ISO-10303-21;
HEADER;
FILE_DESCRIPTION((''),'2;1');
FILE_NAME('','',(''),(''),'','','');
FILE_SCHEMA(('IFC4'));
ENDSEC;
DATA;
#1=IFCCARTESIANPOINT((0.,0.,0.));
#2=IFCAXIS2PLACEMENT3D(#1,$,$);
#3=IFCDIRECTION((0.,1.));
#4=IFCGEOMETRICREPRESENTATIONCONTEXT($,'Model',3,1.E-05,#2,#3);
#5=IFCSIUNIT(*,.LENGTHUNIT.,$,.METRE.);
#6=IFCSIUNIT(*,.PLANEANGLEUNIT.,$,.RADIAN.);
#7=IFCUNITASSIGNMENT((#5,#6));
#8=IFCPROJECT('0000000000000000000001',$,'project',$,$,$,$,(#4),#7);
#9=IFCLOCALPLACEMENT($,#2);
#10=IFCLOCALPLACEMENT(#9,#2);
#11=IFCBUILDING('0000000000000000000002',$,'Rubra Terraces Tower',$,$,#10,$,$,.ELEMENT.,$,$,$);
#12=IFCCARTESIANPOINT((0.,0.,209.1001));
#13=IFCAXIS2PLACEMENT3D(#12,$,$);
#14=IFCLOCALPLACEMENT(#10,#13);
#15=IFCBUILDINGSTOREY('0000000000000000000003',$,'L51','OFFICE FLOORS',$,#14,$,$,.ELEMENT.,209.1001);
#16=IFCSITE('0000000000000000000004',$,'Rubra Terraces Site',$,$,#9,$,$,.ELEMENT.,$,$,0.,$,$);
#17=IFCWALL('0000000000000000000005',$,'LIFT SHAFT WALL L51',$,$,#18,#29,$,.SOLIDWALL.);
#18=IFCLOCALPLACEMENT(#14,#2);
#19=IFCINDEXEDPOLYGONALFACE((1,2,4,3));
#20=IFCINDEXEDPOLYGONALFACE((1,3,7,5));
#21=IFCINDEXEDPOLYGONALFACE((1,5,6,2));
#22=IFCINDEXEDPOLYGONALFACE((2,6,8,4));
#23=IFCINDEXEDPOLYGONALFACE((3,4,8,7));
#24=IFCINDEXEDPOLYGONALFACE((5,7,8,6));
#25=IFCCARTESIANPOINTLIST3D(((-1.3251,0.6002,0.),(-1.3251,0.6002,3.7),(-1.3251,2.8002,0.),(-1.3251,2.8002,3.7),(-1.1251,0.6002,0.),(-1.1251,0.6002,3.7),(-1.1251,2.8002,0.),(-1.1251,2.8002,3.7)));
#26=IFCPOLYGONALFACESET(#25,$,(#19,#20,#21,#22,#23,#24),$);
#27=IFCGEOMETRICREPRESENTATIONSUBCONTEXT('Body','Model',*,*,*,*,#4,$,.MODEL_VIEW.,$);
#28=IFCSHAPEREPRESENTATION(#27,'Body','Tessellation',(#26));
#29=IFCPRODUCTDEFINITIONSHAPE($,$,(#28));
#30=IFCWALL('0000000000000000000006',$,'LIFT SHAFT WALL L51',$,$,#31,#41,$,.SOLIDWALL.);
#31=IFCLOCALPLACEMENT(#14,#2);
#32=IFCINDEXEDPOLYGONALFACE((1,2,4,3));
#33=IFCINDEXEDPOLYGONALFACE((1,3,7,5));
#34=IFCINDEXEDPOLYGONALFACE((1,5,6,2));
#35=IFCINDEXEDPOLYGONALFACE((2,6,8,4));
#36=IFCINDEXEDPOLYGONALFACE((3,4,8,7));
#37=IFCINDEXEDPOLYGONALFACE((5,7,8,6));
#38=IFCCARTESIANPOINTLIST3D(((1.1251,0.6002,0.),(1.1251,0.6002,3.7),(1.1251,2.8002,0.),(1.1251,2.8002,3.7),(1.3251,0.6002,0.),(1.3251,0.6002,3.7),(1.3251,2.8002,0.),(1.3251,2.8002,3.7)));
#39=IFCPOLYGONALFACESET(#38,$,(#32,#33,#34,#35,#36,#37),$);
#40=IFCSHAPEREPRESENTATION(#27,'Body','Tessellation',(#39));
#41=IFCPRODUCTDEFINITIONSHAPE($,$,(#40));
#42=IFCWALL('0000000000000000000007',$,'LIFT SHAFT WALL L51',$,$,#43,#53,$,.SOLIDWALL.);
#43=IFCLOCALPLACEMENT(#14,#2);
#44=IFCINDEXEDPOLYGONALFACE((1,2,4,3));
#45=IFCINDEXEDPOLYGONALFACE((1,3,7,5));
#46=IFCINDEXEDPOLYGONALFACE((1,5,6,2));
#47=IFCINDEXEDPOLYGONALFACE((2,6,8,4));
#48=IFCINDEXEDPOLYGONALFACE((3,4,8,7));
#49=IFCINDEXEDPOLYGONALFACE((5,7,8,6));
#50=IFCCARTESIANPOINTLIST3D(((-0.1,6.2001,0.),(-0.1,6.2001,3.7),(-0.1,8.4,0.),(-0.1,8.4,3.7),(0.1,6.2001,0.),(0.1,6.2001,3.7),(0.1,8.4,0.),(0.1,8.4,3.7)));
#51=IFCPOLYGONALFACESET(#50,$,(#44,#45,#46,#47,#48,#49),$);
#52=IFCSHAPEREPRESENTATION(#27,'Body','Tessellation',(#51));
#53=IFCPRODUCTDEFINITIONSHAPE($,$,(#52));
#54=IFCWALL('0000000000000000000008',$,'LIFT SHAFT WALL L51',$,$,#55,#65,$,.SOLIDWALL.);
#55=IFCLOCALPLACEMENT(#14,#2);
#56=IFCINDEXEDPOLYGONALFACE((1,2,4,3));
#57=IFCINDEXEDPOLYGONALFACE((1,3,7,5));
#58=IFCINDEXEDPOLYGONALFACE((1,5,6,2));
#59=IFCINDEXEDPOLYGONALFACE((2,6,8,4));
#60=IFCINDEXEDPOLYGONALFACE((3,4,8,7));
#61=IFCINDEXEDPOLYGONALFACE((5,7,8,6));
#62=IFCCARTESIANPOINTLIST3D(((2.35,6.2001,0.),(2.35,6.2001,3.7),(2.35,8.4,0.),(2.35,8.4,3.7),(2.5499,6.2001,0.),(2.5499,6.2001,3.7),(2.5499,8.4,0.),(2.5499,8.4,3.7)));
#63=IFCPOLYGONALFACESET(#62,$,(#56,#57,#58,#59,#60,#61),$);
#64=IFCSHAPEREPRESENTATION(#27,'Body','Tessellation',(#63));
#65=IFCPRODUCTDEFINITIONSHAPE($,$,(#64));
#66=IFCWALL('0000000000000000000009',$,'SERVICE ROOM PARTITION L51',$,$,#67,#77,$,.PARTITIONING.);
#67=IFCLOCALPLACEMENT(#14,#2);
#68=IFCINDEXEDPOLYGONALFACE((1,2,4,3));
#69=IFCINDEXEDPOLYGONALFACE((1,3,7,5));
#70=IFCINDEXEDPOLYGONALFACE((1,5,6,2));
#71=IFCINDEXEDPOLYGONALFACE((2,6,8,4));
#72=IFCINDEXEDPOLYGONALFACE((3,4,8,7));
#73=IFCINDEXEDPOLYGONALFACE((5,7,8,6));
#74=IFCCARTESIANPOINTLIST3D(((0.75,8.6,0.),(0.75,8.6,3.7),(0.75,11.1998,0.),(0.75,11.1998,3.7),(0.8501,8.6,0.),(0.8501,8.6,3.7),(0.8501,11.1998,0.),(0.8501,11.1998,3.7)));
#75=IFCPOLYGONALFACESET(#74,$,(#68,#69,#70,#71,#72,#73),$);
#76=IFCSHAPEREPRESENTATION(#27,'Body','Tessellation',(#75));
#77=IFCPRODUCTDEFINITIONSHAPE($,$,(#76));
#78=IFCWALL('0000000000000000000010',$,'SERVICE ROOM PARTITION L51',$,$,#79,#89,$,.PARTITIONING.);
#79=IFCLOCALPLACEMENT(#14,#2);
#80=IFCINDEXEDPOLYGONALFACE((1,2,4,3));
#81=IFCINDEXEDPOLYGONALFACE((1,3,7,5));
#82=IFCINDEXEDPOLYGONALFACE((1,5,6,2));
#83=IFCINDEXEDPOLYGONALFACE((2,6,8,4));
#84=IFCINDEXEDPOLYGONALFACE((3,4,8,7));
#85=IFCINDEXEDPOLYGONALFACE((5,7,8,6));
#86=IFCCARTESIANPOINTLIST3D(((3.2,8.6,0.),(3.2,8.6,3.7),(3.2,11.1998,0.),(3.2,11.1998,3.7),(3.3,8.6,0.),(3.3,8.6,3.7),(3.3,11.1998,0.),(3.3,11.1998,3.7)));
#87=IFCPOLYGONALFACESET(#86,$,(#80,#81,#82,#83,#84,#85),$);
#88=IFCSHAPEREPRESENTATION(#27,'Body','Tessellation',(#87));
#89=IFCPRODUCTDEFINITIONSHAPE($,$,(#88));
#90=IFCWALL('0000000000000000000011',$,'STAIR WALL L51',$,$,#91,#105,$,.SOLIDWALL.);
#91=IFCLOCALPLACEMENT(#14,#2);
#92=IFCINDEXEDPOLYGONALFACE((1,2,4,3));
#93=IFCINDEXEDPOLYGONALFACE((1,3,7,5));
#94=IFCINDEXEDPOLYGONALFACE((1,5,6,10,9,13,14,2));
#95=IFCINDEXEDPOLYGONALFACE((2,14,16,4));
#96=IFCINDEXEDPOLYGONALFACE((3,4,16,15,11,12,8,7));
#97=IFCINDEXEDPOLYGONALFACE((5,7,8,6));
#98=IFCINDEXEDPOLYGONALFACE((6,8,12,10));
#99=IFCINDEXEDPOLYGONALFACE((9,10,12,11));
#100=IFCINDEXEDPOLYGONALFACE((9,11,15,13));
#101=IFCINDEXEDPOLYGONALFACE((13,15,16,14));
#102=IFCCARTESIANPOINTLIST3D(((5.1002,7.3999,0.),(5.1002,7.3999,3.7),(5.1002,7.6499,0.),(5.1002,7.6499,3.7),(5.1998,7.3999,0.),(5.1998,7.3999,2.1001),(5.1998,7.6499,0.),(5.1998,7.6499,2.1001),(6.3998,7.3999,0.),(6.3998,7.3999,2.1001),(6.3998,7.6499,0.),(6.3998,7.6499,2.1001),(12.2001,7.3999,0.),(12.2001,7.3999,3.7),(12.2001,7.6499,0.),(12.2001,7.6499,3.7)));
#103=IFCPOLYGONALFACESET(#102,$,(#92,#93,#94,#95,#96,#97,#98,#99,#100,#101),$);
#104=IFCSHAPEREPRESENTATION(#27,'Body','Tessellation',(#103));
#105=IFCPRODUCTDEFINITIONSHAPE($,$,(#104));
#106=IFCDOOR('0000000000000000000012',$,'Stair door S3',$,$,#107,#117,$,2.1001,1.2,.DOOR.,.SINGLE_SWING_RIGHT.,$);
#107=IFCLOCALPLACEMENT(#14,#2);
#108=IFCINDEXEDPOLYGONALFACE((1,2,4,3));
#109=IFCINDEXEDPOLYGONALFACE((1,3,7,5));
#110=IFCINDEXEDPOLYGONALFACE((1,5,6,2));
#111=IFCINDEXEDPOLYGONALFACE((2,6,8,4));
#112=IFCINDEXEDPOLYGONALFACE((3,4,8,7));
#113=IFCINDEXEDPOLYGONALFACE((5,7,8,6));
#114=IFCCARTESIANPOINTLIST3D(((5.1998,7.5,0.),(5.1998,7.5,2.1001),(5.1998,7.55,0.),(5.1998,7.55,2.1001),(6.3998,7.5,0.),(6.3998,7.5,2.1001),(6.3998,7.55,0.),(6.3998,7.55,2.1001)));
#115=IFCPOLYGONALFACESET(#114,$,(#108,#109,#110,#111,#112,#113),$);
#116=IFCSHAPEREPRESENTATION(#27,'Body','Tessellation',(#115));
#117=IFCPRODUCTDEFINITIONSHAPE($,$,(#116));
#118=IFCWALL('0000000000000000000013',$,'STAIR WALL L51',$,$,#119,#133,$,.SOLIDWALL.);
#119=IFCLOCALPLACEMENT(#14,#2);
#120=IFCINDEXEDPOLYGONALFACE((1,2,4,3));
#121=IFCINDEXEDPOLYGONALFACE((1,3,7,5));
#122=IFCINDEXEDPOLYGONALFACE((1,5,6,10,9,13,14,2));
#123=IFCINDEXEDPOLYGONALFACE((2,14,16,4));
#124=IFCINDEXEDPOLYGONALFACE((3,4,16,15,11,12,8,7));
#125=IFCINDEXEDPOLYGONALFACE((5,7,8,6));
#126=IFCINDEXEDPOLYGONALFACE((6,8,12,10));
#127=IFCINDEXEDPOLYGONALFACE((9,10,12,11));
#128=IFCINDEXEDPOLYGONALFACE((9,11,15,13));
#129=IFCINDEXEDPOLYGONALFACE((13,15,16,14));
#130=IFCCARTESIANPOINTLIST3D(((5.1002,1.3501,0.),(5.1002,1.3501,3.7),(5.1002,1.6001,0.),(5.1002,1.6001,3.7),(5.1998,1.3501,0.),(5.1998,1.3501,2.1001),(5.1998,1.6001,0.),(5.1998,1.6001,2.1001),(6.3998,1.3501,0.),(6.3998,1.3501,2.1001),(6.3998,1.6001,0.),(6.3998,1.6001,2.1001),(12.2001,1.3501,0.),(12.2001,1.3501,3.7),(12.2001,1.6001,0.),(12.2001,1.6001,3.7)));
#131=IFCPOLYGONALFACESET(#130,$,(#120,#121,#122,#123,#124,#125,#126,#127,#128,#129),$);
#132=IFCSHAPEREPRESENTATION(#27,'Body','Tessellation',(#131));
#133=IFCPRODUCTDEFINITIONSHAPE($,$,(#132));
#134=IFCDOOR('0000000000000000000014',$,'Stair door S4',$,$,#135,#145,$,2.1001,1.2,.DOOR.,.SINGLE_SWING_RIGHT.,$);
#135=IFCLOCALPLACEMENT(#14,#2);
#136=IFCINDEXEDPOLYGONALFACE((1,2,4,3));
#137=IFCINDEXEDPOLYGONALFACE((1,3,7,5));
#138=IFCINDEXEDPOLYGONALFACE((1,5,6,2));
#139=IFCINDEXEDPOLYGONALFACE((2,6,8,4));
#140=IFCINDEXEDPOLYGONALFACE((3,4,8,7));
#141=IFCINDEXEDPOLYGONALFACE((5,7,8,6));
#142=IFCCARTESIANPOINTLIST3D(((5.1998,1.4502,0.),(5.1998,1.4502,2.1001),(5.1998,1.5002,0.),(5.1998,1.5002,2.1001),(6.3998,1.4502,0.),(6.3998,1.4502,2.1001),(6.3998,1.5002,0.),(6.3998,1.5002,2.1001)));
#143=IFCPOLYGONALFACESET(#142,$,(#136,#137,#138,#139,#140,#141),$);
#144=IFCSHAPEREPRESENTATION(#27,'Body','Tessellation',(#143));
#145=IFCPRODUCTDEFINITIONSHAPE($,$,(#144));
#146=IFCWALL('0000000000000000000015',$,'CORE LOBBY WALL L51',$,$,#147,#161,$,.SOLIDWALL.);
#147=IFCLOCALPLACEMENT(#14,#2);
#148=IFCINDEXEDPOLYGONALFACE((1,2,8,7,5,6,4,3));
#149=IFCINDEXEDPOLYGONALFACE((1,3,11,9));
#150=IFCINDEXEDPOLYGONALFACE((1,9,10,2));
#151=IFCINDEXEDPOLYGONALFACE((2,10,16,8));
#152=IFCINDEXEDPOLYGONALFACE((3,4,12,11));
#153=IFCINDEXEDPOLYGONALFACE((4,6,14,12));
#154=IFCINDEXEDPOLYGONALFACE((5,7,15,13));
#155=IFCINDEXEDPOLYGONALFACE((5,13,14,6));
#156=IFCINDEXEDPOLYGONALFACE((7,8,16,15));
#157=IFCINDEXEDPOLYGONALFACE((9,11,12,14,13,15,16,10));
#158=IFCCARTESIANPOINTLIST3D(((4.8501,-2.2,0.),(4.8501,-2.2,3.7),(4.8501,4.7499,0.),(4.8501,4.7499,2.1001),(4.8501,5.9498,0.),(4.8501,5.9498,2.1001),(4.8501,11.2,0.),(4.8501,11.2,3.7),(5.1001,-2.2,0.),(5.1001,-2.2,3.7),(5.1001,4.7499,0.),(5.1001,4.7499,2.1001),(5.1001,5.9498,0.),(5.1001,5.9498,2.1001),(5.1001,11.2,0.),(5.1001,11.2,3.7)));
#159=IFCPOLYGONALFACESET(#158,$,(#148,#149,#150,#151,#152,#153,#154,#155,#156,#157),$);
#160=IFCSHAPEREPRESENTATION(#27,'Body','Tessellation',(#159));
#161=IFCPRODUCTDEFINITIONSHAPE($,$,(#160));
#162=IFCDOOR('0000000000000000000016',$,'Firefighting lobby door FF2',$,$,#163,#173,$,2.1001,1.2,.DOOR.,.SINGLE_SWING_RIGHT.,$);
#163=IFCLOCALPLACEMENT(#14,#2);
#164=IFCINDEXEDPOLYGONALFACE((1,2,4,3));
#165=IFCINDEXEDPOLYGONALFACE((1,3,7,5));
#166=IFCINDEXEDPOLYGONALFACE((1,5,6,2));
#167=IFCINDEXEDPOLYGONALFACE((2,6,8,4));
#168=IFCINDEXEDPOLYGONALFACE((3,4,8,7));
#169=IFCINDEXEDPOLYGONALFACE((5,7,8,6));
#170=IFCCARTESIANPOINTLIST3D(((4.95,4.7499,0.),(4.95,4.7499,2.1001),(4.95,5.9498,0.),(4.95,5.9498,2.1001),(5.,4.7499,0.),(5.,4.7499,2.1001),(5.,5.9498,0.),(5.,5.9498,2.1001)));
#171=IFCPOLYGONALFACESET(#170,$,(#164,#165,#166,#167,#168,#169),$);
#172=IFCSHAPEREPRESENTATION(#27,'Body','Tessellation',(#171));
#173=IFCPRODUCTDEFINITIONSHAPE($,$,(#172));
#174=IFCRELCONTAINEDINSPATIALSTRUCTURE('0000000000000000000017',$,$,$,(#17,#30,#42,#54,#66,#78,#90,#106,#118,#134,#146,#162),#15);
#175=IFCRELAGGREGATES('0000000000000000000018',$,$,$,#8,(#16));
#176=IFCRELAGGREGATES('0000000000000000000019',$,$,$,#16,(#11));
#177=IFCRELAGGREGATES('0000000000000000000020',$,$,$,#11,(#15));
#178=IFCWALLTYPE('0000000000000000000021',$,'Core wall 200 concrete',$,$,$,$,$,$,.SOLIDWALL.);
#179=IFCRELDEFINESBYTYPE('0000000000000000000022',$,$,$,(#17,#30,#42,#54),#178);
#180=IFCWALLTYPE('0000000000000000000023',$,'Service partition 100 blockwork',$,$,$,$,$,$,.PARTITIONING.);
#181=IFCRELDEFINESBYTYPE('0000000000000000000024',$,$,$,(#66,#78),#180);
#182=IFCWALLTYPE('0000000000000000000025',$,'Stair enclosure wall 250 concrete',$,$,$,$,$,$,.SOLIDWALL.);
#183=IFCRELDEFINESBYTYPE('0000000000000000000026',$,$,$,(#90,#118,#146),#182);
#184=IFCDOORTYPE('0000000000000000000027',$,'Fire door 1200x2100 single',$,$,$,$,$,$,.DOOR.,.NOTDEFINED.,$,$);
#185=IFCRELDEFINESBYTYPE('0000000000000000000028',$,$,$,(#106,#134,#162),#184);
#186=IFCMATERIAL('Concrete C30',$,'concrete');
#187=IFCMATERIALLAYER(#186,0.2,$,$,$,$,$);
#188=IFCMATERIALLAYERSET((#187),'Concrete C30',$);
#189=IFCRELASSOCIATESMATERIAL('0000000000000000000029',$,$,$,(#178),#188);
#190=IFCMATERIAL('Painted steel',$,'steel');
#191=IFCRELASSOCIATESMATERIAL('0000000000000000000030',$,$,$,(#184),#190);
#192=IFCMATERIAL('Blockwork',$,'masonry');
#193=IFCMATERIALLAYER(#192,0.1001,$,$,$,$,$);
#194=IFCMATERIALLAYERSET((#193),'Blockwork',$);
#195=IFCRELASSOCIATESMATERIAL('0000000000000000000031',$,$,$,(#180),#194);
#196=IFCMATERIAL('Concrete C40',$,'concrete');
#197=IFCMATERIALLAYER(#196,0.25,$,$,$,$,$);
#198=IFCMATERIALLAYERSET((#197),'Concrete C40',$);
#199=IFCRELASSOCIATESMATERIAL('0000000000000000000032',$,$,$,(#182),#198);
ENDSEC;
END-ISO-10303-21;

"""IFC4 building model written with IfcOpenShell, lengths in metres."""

from ifc_helpers import new_model, si_unit, direction, frame, frame_2d, origin, place, context, subcontext, project, spatial, rectangle, extrude, material, layer, layer_set, type_object, element, fill, save


model = new_model("IFC4")

# Units and contexts
model_context = context("Model", 3, precision=1e-05, world=origin(), true_north=direction((0.0, 1.0)))
body_context = subcontext(model_context, "Body", "Model", "MODEL_VIEW")
ifc_project = project(units=[si_unit("LENGTHUNIT", "METRE"), si_unit("PLANEANGLEUNIT", "RADIAN")], contexts=[model_context])

# Site, building, storey
site_placement = place(None, origin())
site = spatial("IfcSite", under=ifc_project, at=site_placement, Name="Rubra Terraces Site", CompositionType="ELEMENT", RefElevation=0.0)
building_placement = place(site_placement, origin())
building = spatial("IfcBuilding", under=site, at=building_placement, Name="Rubra Terraces Tower", CompositionType="ELEMENT")
storey_placement = place(building_placement, frame((0.0, 0.0, 209.1001)))
storey = spatial("IfcBuildingStorey", under=building, at=storey_placement, Name="L51", Description="OFFICE FLOORS", CompositionType="ELEMENT", Elevation=209.1001)

# Shared definitions
ifc_material_1 = material(Name="Concrete C40", Category="concrete")

# Shared definitions
ifc_material_2 = material(Name="Concrete C30", Category="concrete")
ifc_layer_1 = layer(ifc_material_2, 0.2)
ifc_layer_set_1 = layer_set([ifc_layer_1], Name="Concrete C30")
wall_type_1 = type_object("IfcWallType", Name="Core wall 200 concrete", PredefinedType="SOLIDWALL", material=ifc_layer_set_1)
ifc_material_3 = material(Name="Painted steel", Category="steel")
door_type_1 = type_object("IfcDoorType", Name="Fire door 1200x2100 single", OperationType="NOTDEFINED", PredefinedType="DOOR", material=ifc_material_3)

# Walls
for number, where, z_axis, x_axis, name in (
    (1, (-1.2251, 0.6001, 0.0), (0.0, 0.0, 1.0), (0.0, 1.0, 0.0), "LIFT SHAFT WALL L51"),
    (2, (1.2251, 0.6001, 0.0), (0.0, 0.0, 1.0), (0.0, 1.0, 0.0), "LIFT SHAFT WALL L51"),
    (3, (0.0, 6.2, 0.0), (0.0, 0.0, 1.0), (0.0, 1.0, 0.0), "LIFT SHAFT WALL L51"),
    (4, (2.45, 6.2, 0.0), (0.0, 0.0, 1.0), (0.0, 1.0, 0.0), "LIFT SHAFT WALL L51"),
):
    element("IfcWall", number, at=place(storey_placement, frame(where, z_axis=z_axis, x_axis=x_axis)), inside=storey, type_object=wall_type_1, Name=name, PredefinedType="SOLIDWALL", context=body_context, shape_type="SweptSolid", body=[
        extrude(rectangle(XDim=2.2, YDim=0.2, at=frame_2d((1.1001, 0.0))), origin(), (0.0, 0.0, 1.0), 3.7),
    ])
ifc_material_4 = material(Name="Blockwork", Category="masonry")
ifc_layer_2 = layer(ifc_material_4, 0.1001)
ifc_layer_set_2 = layer_set([ifc_layer_2], Name="Blockwork")
wall_type_2 = type_object("IfcWallType", Name="Service partition 100 blockwork", PredefinedType="PARTITIONING", material=ifc_layer_set_2)
for number, where, z_axis, x_axis, name in (
    (5, (0.8, 8.6001, 0.0), (0.0, 0.0, 1.0), (0.0, 1.0, 0.0), "SERVICE ROOM PARTITION L51"),
    (6, (3.25, 8.6001, 0.0), (0.0, 0.0, 1.0), (0.0, 1.0, 0.0), "SERVICE ROOM PARTITION L51"),
):
    element("IfcWall", number, at=place(storey_placement, frame(where, z_axis=z_axis, x_axis=x_axis)), inside=storey, type_object=wall_type_2, Name=name, PredefinedType="PARTITIONING", context=body_context, shape_type="SweptSolid", body=[
        extrude(rectangle(XDim=2.5999, YDim=0.1001, at=frame_2d((1.2998, 0.0))), origin(), (0.0, 0.0, 1.0), 3.7),
    ])

# Walls, openings, doors
ifc_layer_3 = layer(ifc_material_1, 0.25)
ifc_layer_set_3 = layer_set([ifc_layer_3], Name="Concrete C40")
wall_type_3 = type_object("IfcWallType", Name="Stair enclosure wall 250 concrete", PredefinedType="SOLIDWALL", material=ifc_layer_set_3)
wall_1_placement = place(storey_placement, frame((12.2, 7.5249, 0.0), z_axis=(0.0, 0.0, 1.0), x_axis=(-1.0, 0.0, 0.0)))
wall_1 = element("IfcWall", 7, at=wall_1_placement, inside=storey, type_object=wall_type_3, Name="STAIR WALL L51", PredefinedType="SOLIDWALL", context=body_context, shape_type="SweptSolid", body=[
    extrude(rectangle(XDim=7.0999, YDim=0.25, at=frame_2d((3.5498, 0.0))), origin(), (0.0, 0.0, 1.0), 3.7),
])
opening_1_placement = place(wall_1_placement, frame((5.8, 0.0, 0.0)))
opening_1 = element("IfcOpeningElement", 8, at=opening_1_placement, cuts=wall_1, PredefinedType="OPENING", context=body_context, shape_type="SweptSolid", body=[
    extrude(rectangle(XDim=1.2, YDim=2.1001, at=frame_2d((0.6001, 1.05))), frame((0.0, 0.135, 0.0), z_axis=(0.0, -1.0, 0.0), x_axis=(1.0, 0.0, 0.0)), (0.0, 0.0, 1.0), 0.27),
])
door_1_placement = place(opening_1_placement, origin())
door_1 = element("IfcDoor", 9, at=door_1_placement, inside=storey, type_object=door_type_1, Name="Stair door S3", OperationType="SINGLE_SWING_RIGHT", OverallHeight=2.1001, OverallWidth=1.2, PredefinedType="DOOR", context=body_context, shape_type="SweptSolid", body=[
    extrude(rectangle(XDim=1.2, YDim=2.1001, at=frame_2d((0.6001, 1.05))), frame((0.0, 0.0249, 0.0), z_axis=(0.0, -1.0, 0.0), x_axis=(1.0, 0.0, 0.0)), (0.0, 0.0, 1.0), 0.05),
])
fill(opening_1, door_1)
wall_2_placement = place(storey_placement, frame((12.2, 1.4751, 0.0), z_axis=(0.0, 0.0, 1.0), x_axis=(-1.0, 0.0, 0.0)))
wall_2 = element("IfcWall", 10, at=wall_2_placement, inside=storey, type_object=wall_type_3, Name="STAIR WALL L51", PredefinedType="SOLIDWALL", context=body_context, shape_type="SweptSolid", body=[
    extrude(rectangle(XDim=7.0999, YDim=0.25, at=frame_2d((3.5498, 0.0))), origin(), (0.0, 0.0, 1.0), 3.7),
])
opening_2_placement = place(wall_2_placement, frame((5.8, 0.0, 0.0)))
opening_2 = element("IfcOpeningElement", 11, at=opening_2_placement, cuts=wall_2, PredefinedType="OPENING", context=body_context, shape_type="SweptSolid", body=[
    extrude(rectangle(XDim=1.2, YDim=2.1001, at=frame_2d((0.6001, 1.05))), frame((0.0, 0.135, 0.0), z_axis=(0.0, -1.0, 0.0), x_axis=(1.0, 0.0, 0.0)), (0.0, 0.0, 1.0), 0.27),
])
door_2_placement = place(opening_2_placement, origin())
door_2 = element("IfcDoor", 12, at=door_2_placement, inside=storey, type_object=door_type_1, Name="Stair door S4", OperationType="SINGLE_SWING_RIGHT", OverallHeight=2.1001, OverallWidth=1.2, PredefinedType="DOOR", context=body_context, shape_type="SweptSolid", body=[
    extrude(rectangle(XDim=1.2, YDim=2.1001, at=frame_2d((0.6001, 1.05))), frame((0.0, 0.0249, 0.0), z_axis=(0.0, -1.0, 0.0), x_axis=(1.0, 0.0, 0.0)), (0.0, 0.0, 1.0), 0.05),
])
fill(opening_2, door_2)
wall_3_placement = place(storey_placement, frame((4.9751, 11.2, 0.0), z_axis=(0.0, 0.0, 1.0), x_axis=(0.0, -1.0, 0.0)))
wall_3 = element("IfcWall", 13, at=wall_3_placement, inside=storey, type_object=wall_type_3, Name="CORE LOBBY WALL L51", PredefinedType="SOLIDWALL", context=body_context, shape_type="SweptSolid", body=[
    extrude(rectangle(XDim=13.3999, YDim=0.25, at=frame_2d((6.7, 0.0))), origin(), (0.0, 0.0, 1.0), 3.7),
])
opening_3_placement = place(wall_3_placement, frame((5.25, 0.0, 0.0)))
opening_3 = element("IfcOpeningElement", 14, at=opening_3_placement, cuts=wall_3, PredefinedType="OPENING", context=body_context, shape_type="SweptSolid", body=[
    extrude(rectangle(XDim=1.2, YDim=2.1001, at=frame_2d((0.6001, 1.05))), frame((0.0, 0.135, 0.0), z_axis=(0.0, -1.0, 0.0), x_axis=(1.0, 0.0, 0.0)), (0.0, 0.0, 1.0), 0.27),
])
door_3_placement = place(opening_3_placement, origin())
door_3 = element("IfcDoor", 15, at=door_3_placement, inside=storey, type_object=door_type_1, Name="Firefighting lobby door FF2", OperationType="SINGLE_SWING_RIGHT", OverallHeight=2.1001, OverallWidth=1.2, PredefinedType="DOOR", context=body_context, shape_type="SweptSolid", body=[
    extrude(rectangle(XDim=1.2, YDim=2.1001, at=frame_2d((0.6001, 1.05))), frame((0.0, 0.0249, 0.0), z_axis=(0.0, -1.0, 0.0), x_axis=(1.0, 0.0, 0.0)), (0.0, 0.0, 1.0), 0.05),
])
fill(opening_3, door_3)

save(model, "model.ifc")
